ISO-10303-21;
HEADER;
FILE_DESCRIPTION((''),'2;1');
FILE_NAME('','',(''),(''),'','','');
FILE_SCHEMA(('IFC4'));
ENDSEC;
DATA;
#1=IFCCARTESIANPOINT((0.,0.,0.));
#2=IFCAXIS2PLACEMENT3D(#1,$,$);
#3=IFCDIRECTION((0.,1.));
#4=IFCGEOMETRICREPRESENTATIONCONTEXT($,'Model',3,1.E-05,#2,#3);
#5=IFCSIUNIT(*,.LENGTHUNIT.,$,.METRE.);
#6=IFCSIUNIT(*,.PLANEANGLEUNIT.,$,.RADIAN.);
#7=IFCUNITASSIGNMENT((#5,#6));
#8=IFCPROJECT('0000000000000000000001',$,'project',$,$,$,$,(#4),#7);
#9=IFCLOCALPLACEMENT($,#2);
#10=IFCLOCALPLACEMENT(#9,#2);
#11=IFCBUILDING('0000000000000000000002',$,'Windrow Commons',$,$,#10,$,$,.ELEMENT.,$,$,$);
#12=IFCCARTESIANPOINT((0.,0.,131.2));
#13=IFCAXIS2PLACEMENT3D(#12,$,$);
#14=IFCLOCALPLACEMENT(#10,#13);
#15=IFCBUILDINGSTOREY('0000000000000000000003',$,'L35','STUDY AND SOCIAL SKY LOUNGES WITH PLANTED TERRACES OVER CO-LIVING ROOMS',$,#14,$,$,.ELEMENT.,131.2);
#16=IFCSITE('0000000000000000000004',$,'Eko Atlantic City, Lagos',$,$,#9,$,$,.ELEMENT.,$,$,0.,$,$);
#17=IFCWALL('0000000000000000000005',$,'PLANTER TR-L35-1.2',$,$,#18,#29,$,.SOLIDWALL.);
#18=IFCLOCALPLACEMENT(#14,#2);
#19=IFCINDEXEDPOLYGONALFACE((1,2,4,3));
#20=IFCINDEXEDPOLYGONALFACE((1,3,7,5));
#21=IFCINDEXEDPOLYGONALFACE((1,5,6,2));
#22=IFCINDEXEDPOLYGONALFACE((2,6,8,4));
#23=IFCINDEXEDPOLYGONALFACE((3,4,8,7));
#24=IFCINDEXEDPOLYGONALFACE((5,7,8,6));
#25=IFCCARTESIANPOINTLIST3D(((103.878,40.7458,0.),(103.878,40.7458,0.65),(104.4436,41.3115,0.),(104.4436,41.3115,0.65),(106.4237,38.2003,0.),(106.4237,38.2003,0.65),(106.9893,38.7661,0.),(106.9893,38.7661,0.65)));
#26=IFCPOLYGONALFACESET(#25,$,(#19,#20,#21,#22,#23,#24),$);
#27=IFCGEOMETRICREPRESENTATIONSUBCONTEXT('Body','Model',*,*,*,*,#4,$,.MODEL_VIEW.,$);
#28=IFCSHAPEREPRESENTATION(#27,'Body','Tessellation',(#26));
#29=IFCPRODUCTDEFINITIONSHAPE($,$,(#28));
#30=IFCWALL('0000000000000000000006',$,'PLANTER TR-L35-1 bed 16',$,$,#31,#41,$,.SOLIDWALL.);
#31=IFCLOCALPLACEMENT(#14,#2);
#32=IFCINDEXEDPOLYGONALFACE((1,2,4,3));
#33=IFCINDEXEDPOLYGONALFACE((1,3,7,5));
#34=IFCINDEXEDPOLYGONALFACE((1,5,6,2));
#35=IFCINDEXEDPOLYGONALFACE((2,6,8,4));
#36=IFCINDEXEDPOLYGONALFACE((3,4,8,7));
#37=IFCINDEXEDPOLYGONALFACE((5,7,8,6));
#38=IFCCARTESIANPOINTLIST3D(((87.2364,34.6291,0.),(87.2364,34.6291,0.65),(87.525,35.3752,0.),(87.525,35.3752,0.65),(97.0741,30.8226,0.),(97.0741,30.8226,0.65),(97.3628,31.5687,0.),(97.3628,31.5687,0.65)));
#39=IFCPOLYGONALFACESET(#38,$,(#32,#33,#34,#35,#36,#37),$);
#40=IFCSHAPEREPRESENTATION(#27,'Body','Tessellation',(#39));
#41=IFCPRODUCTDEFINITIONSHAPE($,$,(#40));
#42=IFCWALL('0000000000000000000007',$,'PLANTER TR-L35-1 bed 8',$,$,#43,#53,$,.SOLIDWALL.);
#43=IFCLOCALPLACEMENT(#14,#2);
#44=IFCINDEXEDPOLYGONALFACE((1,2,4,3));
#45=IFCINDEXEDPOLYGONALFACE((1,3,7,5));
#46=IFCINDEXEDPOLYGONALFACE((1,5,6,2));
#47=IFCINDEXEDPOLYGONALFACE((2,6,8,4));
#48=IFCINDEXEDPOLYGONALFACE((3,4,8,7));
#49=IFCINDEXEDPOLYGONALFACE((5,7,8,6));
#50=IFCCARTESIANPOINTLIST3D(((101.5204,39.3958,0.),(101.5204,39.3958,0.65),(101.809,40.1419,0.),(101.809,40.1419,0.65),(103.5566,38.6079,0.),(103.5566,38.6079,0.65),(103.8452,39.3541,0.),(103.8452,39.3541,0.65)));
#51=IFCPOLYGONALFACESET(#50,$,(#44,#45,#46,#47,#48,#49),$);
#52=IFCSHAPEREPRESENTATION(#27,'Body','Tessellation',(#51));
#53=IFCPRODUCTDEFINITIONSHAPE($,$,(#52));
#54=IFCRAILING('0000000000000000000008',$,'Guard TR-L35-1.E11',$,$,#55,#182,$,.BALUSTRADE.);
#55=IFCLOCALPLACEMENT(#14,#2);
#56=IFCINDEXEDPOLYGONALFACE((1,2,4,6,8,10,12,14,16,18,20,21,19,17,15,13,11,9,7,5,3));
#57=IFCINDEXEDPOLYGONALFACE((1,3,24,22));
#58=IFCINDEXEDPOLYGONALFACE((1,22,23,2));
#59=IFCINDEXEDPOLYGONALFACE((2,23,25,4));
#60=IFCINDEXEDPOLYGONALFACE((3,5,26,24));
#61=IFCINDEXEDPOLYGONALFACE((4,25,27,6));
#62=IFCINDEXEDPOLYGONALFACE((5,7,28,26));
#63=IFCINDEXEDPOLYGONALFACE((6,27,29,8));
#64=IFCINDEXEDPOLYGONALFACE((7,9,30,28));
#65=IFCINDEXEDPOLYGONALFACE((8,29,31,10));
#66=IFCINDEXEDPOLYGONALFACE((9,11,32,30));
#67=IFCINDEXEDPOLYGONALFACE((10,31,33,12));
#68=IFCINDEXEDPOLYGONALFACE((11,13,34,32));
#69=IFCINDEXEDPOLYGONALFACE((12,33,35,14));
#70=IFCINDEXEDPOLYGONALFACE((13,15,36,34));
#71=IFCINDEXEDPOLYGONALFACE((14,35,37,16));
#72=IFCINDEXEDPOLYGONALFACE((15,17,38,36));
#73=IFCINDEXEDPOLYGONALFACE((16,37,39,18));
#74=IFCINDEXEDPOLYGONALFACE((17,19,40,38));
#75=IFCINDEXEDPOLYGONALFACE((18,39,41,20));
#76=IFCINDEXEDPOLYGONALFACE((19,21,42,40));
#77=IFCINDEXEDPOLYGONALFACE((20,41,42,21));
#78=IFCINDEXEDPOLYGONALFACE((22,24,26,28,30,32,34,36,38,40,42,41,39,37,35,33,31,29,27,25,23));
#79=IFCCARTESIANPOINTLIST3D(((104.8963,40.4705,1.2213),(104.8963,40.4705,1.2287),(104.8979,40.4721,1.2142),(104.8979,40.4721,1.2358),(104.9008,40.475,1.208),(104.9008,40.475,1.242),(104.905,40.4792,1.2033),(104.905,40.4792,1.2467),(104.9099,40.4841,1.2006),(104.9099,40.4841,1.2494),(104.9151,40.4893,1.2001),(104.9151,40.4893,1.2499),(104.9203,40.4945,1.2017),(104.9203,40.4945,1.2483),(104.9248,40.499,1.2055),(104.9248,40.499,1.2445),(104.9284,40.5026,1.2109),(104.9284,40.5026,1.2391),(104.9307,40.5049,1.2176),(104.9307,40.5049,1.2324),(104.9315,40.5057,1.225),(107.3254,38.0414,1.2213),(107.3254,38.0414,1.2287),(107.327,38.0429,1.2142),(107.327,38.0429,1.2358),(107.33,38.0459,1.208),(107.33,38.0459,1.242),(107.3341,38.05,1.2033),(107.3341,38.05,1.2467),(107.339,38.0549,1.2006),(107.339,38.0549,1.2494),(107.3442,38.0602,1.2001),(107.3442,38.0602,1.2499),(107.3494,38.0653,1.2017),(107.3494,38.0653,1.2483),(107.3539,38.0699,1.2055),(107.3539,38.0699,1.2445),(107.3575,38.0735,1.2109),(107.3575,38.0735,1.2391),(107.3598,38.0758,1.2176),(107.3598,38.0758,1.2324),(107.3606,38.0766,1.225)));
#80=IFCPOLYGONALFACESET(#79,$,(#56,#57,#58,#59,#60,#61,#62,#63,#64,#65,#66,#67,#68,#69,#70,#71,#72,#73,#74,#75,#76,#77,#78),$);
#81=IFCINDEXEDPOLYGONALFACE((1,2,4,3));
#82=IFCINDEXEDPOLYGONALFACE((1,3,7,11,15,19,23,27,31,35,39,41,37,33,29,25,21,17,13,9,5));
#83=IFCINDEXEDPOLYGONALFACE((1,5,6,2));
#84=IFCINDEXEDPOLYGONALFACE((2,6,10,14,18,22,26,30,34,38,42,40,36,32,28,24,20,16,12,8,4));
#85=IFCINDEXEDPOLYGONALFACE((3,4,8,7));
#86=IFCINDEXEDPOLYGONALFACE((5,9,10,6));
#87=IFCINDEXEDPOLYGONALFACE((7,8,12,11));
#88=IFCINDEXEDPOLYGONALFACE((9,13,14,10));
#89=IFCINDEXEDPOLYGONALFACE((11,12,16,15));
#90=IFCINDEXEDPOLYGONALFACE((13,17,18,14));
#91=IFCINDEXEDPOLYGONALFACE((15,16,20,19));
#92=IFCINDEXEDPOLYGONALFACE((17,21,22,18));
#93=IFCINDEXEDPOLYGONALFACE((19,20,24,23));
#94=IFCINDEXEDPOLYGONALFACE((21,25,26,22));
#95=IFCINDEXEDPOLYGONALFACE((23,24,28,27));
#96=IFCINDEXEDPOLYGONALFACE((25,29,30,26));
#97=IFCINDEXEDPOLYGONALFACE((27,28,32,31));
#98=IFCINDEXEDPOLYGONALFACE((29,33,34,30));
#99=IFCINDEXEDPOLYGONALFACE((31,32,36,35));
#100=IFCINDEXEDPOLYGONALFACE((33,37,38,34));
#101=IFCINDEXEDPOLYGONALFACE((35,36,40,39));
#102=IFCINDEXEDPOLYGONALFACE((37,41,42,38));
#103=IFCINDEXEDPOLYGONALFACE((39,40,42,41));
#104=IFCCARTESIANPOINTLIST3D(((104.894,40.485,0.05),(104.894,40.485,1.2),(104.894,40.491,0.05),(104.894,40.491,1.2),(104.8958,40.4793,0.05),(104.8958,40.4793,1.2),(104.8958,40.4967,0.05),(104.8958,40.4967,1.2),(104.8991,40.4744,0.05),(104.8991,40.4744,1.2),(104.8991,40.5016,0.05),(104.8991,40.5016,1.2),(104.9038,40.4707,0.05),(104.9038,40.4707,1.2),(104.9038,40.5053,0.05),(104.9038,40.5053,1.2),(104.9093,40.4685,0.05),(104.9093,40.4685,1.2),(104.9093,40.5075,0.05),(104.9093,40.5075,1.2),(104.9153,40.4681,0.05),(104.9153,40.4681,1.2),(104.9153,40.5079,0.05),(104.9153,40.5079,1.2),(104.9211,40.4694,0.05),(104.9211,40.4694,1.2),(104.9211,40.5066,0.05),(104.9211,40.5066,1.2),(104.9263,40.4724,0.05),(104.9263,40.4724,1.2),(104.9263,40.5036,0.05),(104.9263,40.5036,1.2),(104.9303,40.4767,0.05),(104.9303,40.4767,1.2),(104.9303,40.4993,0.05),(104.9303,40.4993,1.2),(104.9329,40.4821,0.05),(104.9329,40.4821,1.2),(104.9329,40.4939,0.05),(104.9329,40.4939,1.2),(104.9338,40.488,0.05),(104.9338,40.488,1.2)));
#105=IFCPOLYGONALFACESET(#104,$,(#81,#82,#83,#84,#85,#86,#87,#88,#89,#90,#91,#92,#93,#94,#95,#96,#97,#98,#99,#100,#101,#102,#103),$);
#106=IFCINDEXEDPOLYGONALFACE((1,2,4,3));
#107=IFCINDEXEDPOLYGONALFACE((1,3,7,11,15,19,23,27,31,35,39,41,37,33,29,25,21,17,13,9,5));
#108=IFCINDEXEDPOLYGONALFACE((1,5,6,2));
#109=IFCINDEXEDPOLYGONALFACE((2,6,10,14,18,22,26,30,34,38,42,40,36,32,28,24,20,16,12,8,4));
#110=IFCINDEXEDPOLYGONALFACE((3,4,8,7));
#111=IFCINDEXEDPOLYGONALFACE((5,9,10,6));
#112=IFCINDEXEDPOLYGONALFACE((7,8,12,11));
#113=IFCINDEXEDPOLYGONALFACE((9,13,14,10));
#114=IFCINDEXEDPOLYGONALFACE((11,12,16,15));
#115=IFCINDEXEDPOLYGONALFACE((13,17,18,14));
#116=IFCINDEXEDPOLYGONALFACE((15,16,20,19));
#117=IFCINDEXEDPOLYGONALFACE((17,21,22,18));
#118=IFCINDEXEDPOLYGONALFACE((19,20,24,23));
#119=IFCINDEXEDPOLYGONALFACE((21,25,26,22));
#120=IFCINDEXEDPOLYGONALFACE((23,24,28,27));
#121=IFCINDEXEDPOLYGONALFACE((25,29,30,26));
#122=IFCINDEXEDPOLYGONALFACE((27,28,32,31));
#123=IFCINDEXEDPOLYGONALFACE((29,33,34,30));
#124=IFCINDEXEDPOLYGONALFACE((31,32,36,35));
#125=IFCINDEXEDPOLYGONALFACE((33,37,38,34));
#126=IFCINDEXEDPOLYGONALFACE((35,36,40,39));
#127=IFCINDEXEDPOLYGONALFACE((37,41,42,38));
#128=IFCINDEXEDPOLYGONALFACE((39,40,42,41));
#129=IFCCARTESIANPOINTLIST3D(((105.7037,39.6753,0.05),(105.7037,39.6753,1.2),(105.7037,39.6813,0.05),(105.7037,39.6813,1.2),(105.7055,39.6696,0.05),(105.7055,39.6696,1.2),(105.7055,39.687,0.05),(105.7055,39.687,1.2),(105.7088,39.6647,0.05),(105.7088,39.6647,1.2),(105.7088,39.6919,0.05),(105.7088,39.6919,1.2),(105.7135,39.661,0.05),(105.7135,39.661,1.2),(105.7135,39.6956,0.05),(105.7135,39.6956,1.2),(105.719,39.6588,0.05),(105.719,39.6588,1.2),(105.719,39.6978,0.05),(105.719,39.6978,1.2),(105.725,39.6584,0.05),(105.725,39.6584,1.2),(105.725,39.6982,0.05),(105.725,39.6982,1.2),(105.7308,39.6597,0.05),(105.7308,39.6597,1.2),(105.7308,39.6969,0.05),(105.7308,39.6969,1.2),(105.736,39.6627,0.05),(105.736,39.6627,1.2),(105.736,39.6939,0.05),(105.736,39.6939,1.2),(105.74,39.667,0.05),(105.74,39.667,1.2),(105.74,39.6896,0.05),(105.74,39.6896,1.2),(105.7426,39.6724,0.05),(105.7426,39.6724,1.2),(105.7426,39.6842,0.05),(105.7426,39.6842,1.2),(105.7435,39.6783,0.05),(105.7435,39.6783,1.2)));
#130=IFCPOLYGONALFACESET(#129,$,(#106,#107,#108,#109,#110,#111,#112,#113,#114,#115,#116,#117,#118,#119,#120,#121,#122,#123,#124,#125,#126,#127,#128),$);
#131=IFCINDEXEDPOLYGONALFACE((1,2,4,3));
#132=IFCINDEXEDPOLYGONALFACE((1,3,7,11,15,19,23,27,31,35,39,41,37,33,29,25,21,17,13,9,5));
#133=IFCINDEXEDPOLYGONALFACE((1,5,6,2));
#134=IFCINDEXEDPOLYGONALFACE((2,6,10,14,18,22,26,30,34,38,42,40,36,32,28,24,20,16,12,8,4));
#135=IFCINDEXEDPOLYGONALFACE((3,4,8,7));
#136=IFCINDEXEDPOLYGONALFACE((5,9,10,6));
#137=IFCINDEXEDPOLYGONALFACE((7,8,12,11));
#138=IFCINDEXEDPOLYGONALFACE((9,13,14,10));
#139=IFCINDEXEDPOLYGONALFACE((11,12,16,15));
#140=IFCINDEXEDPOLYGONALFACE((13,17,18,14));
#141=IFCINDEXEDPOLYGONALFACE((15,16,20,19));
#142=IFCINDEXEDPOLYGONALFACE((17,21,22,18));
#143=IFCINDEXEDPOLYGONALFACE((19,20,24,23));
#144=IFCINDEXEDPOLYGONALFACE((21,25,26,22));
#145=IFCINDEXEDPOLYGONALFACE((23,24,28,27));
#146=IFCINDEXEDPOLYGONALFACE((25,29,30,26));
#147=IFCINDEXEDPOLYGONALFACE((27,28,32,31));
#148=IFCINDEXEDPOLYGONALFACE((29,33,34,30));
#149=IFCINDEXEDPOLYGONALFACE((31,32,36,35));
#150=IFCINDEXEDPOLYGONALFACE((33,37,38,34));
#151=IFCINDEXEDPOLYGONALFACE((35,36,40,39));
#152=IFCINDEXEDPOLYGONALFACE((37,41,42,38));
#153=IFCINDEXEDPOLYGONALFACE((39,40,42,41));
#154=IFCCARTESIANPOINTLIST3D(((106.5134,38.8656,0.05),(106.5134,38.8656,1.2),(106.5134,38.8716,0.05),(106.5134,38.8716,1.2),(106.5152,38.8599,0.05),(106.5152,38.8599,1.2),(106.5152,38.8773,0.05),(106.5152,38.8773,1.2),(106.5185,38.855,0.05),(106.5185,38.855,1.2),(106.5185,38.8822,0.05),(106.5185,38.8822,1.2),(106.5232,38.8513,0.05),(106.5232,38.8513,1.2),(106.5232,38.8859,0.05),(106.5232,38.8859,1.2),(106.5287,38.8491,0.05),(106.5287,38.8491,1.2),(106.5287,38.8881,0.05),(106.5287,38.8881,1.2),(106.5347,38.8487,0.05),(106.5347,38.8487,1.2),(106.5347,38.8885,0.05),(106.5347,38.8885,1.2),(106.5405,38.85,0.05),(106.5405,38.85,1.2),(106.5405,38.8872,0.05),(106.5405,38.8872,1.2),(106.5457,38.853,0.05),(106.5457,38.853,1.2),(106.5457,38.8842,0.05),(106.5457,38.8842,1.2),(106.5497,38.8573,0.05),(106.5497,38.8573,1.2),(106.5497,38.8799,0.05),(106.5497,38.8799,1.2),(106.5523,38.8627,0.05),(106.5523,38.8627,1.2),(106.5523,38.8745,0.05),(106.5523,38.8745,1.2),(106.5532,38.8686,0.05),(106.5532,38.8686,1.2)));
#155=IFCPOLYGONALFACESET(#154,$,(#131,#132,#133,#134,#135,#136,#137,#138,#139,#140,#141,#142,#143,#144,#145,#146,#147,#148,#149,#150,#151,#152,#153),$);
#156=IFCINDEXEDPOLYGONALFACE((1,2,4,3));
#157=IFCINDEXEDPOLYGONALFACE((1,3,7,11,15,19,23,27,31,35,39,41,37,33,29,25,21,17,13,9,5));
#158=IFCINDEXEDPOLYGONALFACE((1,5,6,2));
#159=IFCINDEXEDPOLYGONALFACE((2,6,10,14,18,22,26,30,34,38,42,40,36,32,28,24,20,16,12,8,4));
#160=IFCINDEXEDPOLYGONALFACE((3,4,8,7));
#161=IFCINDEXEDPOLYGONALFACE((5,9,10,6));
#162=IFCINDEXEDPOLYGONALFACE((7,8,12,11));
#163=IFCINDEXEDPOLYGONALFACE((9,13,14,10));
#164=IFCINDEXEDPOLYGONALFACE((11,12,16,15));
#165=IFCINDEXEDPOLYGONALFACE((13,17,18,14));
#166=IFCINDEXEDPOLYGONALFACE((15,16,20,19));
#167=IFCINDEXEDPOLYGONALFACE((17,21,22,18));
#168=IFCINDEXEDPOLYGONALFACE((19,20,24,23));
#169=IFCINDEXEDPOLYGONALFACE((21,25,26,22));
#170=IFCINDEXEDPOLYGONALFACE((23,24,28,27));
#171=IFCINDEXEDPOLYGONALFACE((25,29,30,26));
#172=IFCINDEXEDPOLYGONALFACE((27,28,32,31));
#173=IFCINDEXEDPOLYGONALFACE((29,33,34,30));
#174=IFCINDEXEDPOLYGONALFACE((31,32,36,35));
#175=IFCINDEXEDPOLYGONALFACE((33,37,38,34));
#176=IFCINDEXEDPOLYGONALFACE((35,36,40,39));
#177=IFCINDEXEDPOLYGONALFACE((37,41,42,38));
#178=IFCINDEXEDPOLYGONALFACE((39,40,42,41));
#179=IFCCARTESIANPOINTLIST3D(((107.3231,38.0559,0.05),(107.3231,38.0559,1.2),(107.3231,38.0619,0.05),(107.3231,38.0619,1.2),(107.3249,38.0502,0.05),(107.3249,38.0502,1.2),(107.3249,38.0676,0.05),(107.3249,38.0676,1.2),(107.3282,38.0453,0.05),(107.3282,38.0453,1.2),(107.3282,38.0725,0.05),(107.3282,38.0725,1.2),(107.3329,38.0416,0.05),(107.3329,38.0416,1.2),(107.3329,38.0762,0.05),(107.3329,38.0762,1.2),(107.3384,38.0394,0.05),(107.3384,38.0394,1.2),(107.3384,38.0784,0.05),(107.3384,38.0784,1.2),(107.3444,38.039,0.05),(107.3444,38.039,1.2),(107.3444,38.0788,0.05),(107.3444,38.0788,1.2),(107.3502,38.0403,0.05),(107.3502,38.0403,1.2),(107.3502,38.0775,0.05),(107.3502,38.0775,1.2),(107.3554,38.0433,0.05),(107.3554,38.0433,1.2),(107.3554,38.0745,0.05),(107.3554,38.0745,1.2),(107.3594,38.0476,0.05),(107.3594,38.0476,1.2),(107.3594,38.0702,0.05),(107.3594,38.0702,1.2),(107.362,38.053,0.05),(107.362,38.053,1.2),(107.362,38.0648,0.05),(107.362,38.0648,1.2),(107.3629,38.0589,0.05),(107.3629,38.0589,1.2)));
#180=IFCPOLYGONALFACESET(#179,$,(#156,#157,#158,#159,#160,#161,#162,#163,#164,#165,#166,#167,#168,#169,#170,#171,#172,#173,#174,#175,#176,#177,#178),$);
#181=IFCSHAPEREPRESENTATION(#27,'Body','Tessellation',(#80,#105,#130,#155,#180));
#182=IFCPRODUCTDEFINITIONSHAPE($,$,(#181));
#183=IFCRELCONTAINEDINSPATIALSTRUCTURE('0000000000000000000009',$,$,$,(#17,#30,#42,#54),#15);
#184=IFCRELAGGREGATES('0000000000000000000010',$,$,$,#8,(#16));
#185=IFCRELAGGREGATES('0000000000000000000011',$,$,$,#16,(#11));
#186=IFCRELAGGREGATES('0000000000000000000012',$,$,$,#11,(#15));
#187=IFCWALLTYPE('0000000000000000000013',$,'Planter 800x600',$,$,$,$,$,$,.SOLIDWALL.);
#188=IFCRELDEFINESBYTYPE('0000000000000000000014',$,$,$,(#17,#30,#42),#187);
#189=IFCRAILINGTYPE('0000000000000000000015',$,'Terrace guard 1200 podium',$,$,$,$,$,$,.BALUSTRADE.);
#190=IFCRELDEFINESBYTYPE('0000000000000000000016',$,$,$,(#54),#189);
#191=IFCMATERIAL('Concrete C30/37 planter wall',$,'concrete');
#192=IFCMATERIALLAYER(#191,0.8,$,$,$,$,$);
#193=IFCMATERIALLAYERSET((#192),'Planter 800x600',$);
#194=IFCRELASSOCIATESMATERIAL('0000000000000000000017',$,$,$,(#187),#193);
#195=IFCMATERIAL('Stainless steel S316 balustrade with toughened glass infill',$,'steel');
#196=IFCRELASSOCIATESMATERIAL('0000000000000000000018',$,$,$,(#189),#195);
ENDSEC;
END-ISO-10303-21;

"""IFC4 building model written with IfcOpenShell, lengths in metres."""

from ifc_helpers import new_model, si_unit, direction, frame, frame_2d, origin, origin_2d, place, context, subcontext, project, spatial, polyline, rectangle, circle, outline, extrude, material, layer, layer_set, type_object, element, save


model = new_model("IFC4")

# Units and contexts
model_context = context("Model", 3, precision=1e-05, world=origin(), true_north=direction((0.0, 1.0)))
body_context = subcontext(model_context, "Body", "Model", "MODEL_VIEW")
ifc_project = project(units=[si_unit("LENGTHUNIT", "METRE"), si_unit("PLANEANGLEUNIT", "RADIAN")], contexts=[model_context])

# Site, building, storey
site_placement = place(None, origin())
site = spatial("IfcSite", under=ifc_project, at=site_placement, Name="Eko Atlantic City, Lagos", CompositionType="ELEMENT", RefElevation=0.0)
building_placement = place(site_placement, origin())
building = spatial("IfcBuilding", under=site, at=building_placement, Name="Windrow Commons", CompositionType="ELEMENT")
storey_placement = place(building_placement, frame((0.0, 0.0, 131.2)))
storey = spatial("IfcBuildingStorey", under=building, at=storey_placement, Name="L35", Description="STUDY AND SOCIAL SKY LOUNGES WITH PLANTED TERRACES OVER CO-LIVING ROOMS", CompositionType="ELEMENT", Elevation=131.2)

# Walls
ifc_material_1 = material(Name="Concrete C30/37 planter wall", Category="concrete")
ifc_layer_1 = layer(ifc_material_1, 0.8)
ifc_layer_set_1 = layer_set([ifc_layer_1], Name="Planter 800x600")
wall_type_1 = type_object("IfcWallType", Name="Planter 800x600", PredefinedType="SOLIDWALL", material=ifc_layer_set_1)
wall_1_placement = place(storey_placement, frame((106.7065, 38.4832, 0.0), z_axis=(0.0, 0.0, 1.0), x_axis=(-0.707135, 0.707079, 0.0)))
element("IfcWall", 1, at=wall_1_placement, inside=storey, type_object=wall_type_1, Name="PLANTER TR-L35-1.2", PredefinedType="SOLIDWALL", context=body_context, shape_type="SweptSolid", body=[
    extrude(rectangle(XDim=3.6, YDim=0.8, at=frame_2d((1.8, 0.0))), origin(), (0.0, 0.0, 1.0), 0.65),
])
wall_2_placement = place(storey_placement, frame((97.2185, 31.1956, 0.0), z_axis=(0.0, 0.0, 1.0), x_axis=(-0.932622, 0.360856, 0.0)))
element("IfcWall", 2, at=wall_2_placement, inside=storey, type_object=wall_type_1, Name="PLANTER TR-L35-1 bed 16", PredefinedType="SOLIDWALL", context=body_context, shape_type="SweptSolid", body=[
    extrude(rectangle(XDim=10.5485, YDim=0.8, at=frame_2d((5.2743, 0.0))), origin(), (0.0, 0.0, 1.0), 0.65),
])
wall_3_placement = place(storey_placement, frame((103.7009, 38.981, 0.0), z_axis=(0.0, 0.0, 1.0), x_axis=(-0.932631, 0.360832, 0.0)))
element("IfcWall", 3, at=wall_3_placement, inside=storey, type_object=wall_type_1, Name="PLANTER TR-L35-1 bed 8", PredefinedType="SOLIDWALL", context=body_context, shape_type="SweptSolid", body=[
    extrude(outline(polyline([(0.0, -0.4), (2.1833, -0.4), (2.1833, 0.4), (0.0, 0.4), (0.0, -0.4)])), origin(), (0.0, 0.0, 1.0), 0.65),
])

# Railing
ifc_material_2 = material(Name="Stainless steel S316 balustrade with toughened glass infill", Category="steel")
railing_type = type_object("IfcRailingType", Name="Terrace guard 1200 podium", PredefinedType="BALUSTRADE", material=ifc_material_2)
railing_1_placement = place(storey_placement, frame((104.9138, 40.488, 0.05)))
element("IfcRailing", 4, at=railing_1_placement, inside=storey, type_object=railing_type, Name="Guard TR-L35-1.E11", PredefinedType="BALUSTRADE", context=body_context, shape_type="SweptSolid", body=[
    extrude(circle(Radius=0.025, at=origin_2d()), frame((0.0, 0.0, 1.175), z_axis=(0.707107, -0.707107, 0.0), x_axis=(0.707107, 0.707107, 0.0)), (0.0, 0.0, 1.0), 3.4353),
    extrude(circle(Radius=0.02, at=origin_2d()), origin(), (0.0, 0.0, 1.0), 1.15),
    extrude(circle(Radius=0.02, at=origin_2d()), frame((0.8097, -0.8097, 0.0)), (0.0, 0.0, 1.0), 1.15),
    extrude(circle(Radius=0.02, at=origin_2d()), frame((1.6194, -1.6194, 0.0)), (0.0, 0.0, 1.0), 1.15),
    extrude(circle(Radius=0.02, at=origin_2d()), frame((2.4291, -2.4291, 0.0)), (0.0, 0.0, 1.0), 1.15),
])

save(model, "model.ifc")
